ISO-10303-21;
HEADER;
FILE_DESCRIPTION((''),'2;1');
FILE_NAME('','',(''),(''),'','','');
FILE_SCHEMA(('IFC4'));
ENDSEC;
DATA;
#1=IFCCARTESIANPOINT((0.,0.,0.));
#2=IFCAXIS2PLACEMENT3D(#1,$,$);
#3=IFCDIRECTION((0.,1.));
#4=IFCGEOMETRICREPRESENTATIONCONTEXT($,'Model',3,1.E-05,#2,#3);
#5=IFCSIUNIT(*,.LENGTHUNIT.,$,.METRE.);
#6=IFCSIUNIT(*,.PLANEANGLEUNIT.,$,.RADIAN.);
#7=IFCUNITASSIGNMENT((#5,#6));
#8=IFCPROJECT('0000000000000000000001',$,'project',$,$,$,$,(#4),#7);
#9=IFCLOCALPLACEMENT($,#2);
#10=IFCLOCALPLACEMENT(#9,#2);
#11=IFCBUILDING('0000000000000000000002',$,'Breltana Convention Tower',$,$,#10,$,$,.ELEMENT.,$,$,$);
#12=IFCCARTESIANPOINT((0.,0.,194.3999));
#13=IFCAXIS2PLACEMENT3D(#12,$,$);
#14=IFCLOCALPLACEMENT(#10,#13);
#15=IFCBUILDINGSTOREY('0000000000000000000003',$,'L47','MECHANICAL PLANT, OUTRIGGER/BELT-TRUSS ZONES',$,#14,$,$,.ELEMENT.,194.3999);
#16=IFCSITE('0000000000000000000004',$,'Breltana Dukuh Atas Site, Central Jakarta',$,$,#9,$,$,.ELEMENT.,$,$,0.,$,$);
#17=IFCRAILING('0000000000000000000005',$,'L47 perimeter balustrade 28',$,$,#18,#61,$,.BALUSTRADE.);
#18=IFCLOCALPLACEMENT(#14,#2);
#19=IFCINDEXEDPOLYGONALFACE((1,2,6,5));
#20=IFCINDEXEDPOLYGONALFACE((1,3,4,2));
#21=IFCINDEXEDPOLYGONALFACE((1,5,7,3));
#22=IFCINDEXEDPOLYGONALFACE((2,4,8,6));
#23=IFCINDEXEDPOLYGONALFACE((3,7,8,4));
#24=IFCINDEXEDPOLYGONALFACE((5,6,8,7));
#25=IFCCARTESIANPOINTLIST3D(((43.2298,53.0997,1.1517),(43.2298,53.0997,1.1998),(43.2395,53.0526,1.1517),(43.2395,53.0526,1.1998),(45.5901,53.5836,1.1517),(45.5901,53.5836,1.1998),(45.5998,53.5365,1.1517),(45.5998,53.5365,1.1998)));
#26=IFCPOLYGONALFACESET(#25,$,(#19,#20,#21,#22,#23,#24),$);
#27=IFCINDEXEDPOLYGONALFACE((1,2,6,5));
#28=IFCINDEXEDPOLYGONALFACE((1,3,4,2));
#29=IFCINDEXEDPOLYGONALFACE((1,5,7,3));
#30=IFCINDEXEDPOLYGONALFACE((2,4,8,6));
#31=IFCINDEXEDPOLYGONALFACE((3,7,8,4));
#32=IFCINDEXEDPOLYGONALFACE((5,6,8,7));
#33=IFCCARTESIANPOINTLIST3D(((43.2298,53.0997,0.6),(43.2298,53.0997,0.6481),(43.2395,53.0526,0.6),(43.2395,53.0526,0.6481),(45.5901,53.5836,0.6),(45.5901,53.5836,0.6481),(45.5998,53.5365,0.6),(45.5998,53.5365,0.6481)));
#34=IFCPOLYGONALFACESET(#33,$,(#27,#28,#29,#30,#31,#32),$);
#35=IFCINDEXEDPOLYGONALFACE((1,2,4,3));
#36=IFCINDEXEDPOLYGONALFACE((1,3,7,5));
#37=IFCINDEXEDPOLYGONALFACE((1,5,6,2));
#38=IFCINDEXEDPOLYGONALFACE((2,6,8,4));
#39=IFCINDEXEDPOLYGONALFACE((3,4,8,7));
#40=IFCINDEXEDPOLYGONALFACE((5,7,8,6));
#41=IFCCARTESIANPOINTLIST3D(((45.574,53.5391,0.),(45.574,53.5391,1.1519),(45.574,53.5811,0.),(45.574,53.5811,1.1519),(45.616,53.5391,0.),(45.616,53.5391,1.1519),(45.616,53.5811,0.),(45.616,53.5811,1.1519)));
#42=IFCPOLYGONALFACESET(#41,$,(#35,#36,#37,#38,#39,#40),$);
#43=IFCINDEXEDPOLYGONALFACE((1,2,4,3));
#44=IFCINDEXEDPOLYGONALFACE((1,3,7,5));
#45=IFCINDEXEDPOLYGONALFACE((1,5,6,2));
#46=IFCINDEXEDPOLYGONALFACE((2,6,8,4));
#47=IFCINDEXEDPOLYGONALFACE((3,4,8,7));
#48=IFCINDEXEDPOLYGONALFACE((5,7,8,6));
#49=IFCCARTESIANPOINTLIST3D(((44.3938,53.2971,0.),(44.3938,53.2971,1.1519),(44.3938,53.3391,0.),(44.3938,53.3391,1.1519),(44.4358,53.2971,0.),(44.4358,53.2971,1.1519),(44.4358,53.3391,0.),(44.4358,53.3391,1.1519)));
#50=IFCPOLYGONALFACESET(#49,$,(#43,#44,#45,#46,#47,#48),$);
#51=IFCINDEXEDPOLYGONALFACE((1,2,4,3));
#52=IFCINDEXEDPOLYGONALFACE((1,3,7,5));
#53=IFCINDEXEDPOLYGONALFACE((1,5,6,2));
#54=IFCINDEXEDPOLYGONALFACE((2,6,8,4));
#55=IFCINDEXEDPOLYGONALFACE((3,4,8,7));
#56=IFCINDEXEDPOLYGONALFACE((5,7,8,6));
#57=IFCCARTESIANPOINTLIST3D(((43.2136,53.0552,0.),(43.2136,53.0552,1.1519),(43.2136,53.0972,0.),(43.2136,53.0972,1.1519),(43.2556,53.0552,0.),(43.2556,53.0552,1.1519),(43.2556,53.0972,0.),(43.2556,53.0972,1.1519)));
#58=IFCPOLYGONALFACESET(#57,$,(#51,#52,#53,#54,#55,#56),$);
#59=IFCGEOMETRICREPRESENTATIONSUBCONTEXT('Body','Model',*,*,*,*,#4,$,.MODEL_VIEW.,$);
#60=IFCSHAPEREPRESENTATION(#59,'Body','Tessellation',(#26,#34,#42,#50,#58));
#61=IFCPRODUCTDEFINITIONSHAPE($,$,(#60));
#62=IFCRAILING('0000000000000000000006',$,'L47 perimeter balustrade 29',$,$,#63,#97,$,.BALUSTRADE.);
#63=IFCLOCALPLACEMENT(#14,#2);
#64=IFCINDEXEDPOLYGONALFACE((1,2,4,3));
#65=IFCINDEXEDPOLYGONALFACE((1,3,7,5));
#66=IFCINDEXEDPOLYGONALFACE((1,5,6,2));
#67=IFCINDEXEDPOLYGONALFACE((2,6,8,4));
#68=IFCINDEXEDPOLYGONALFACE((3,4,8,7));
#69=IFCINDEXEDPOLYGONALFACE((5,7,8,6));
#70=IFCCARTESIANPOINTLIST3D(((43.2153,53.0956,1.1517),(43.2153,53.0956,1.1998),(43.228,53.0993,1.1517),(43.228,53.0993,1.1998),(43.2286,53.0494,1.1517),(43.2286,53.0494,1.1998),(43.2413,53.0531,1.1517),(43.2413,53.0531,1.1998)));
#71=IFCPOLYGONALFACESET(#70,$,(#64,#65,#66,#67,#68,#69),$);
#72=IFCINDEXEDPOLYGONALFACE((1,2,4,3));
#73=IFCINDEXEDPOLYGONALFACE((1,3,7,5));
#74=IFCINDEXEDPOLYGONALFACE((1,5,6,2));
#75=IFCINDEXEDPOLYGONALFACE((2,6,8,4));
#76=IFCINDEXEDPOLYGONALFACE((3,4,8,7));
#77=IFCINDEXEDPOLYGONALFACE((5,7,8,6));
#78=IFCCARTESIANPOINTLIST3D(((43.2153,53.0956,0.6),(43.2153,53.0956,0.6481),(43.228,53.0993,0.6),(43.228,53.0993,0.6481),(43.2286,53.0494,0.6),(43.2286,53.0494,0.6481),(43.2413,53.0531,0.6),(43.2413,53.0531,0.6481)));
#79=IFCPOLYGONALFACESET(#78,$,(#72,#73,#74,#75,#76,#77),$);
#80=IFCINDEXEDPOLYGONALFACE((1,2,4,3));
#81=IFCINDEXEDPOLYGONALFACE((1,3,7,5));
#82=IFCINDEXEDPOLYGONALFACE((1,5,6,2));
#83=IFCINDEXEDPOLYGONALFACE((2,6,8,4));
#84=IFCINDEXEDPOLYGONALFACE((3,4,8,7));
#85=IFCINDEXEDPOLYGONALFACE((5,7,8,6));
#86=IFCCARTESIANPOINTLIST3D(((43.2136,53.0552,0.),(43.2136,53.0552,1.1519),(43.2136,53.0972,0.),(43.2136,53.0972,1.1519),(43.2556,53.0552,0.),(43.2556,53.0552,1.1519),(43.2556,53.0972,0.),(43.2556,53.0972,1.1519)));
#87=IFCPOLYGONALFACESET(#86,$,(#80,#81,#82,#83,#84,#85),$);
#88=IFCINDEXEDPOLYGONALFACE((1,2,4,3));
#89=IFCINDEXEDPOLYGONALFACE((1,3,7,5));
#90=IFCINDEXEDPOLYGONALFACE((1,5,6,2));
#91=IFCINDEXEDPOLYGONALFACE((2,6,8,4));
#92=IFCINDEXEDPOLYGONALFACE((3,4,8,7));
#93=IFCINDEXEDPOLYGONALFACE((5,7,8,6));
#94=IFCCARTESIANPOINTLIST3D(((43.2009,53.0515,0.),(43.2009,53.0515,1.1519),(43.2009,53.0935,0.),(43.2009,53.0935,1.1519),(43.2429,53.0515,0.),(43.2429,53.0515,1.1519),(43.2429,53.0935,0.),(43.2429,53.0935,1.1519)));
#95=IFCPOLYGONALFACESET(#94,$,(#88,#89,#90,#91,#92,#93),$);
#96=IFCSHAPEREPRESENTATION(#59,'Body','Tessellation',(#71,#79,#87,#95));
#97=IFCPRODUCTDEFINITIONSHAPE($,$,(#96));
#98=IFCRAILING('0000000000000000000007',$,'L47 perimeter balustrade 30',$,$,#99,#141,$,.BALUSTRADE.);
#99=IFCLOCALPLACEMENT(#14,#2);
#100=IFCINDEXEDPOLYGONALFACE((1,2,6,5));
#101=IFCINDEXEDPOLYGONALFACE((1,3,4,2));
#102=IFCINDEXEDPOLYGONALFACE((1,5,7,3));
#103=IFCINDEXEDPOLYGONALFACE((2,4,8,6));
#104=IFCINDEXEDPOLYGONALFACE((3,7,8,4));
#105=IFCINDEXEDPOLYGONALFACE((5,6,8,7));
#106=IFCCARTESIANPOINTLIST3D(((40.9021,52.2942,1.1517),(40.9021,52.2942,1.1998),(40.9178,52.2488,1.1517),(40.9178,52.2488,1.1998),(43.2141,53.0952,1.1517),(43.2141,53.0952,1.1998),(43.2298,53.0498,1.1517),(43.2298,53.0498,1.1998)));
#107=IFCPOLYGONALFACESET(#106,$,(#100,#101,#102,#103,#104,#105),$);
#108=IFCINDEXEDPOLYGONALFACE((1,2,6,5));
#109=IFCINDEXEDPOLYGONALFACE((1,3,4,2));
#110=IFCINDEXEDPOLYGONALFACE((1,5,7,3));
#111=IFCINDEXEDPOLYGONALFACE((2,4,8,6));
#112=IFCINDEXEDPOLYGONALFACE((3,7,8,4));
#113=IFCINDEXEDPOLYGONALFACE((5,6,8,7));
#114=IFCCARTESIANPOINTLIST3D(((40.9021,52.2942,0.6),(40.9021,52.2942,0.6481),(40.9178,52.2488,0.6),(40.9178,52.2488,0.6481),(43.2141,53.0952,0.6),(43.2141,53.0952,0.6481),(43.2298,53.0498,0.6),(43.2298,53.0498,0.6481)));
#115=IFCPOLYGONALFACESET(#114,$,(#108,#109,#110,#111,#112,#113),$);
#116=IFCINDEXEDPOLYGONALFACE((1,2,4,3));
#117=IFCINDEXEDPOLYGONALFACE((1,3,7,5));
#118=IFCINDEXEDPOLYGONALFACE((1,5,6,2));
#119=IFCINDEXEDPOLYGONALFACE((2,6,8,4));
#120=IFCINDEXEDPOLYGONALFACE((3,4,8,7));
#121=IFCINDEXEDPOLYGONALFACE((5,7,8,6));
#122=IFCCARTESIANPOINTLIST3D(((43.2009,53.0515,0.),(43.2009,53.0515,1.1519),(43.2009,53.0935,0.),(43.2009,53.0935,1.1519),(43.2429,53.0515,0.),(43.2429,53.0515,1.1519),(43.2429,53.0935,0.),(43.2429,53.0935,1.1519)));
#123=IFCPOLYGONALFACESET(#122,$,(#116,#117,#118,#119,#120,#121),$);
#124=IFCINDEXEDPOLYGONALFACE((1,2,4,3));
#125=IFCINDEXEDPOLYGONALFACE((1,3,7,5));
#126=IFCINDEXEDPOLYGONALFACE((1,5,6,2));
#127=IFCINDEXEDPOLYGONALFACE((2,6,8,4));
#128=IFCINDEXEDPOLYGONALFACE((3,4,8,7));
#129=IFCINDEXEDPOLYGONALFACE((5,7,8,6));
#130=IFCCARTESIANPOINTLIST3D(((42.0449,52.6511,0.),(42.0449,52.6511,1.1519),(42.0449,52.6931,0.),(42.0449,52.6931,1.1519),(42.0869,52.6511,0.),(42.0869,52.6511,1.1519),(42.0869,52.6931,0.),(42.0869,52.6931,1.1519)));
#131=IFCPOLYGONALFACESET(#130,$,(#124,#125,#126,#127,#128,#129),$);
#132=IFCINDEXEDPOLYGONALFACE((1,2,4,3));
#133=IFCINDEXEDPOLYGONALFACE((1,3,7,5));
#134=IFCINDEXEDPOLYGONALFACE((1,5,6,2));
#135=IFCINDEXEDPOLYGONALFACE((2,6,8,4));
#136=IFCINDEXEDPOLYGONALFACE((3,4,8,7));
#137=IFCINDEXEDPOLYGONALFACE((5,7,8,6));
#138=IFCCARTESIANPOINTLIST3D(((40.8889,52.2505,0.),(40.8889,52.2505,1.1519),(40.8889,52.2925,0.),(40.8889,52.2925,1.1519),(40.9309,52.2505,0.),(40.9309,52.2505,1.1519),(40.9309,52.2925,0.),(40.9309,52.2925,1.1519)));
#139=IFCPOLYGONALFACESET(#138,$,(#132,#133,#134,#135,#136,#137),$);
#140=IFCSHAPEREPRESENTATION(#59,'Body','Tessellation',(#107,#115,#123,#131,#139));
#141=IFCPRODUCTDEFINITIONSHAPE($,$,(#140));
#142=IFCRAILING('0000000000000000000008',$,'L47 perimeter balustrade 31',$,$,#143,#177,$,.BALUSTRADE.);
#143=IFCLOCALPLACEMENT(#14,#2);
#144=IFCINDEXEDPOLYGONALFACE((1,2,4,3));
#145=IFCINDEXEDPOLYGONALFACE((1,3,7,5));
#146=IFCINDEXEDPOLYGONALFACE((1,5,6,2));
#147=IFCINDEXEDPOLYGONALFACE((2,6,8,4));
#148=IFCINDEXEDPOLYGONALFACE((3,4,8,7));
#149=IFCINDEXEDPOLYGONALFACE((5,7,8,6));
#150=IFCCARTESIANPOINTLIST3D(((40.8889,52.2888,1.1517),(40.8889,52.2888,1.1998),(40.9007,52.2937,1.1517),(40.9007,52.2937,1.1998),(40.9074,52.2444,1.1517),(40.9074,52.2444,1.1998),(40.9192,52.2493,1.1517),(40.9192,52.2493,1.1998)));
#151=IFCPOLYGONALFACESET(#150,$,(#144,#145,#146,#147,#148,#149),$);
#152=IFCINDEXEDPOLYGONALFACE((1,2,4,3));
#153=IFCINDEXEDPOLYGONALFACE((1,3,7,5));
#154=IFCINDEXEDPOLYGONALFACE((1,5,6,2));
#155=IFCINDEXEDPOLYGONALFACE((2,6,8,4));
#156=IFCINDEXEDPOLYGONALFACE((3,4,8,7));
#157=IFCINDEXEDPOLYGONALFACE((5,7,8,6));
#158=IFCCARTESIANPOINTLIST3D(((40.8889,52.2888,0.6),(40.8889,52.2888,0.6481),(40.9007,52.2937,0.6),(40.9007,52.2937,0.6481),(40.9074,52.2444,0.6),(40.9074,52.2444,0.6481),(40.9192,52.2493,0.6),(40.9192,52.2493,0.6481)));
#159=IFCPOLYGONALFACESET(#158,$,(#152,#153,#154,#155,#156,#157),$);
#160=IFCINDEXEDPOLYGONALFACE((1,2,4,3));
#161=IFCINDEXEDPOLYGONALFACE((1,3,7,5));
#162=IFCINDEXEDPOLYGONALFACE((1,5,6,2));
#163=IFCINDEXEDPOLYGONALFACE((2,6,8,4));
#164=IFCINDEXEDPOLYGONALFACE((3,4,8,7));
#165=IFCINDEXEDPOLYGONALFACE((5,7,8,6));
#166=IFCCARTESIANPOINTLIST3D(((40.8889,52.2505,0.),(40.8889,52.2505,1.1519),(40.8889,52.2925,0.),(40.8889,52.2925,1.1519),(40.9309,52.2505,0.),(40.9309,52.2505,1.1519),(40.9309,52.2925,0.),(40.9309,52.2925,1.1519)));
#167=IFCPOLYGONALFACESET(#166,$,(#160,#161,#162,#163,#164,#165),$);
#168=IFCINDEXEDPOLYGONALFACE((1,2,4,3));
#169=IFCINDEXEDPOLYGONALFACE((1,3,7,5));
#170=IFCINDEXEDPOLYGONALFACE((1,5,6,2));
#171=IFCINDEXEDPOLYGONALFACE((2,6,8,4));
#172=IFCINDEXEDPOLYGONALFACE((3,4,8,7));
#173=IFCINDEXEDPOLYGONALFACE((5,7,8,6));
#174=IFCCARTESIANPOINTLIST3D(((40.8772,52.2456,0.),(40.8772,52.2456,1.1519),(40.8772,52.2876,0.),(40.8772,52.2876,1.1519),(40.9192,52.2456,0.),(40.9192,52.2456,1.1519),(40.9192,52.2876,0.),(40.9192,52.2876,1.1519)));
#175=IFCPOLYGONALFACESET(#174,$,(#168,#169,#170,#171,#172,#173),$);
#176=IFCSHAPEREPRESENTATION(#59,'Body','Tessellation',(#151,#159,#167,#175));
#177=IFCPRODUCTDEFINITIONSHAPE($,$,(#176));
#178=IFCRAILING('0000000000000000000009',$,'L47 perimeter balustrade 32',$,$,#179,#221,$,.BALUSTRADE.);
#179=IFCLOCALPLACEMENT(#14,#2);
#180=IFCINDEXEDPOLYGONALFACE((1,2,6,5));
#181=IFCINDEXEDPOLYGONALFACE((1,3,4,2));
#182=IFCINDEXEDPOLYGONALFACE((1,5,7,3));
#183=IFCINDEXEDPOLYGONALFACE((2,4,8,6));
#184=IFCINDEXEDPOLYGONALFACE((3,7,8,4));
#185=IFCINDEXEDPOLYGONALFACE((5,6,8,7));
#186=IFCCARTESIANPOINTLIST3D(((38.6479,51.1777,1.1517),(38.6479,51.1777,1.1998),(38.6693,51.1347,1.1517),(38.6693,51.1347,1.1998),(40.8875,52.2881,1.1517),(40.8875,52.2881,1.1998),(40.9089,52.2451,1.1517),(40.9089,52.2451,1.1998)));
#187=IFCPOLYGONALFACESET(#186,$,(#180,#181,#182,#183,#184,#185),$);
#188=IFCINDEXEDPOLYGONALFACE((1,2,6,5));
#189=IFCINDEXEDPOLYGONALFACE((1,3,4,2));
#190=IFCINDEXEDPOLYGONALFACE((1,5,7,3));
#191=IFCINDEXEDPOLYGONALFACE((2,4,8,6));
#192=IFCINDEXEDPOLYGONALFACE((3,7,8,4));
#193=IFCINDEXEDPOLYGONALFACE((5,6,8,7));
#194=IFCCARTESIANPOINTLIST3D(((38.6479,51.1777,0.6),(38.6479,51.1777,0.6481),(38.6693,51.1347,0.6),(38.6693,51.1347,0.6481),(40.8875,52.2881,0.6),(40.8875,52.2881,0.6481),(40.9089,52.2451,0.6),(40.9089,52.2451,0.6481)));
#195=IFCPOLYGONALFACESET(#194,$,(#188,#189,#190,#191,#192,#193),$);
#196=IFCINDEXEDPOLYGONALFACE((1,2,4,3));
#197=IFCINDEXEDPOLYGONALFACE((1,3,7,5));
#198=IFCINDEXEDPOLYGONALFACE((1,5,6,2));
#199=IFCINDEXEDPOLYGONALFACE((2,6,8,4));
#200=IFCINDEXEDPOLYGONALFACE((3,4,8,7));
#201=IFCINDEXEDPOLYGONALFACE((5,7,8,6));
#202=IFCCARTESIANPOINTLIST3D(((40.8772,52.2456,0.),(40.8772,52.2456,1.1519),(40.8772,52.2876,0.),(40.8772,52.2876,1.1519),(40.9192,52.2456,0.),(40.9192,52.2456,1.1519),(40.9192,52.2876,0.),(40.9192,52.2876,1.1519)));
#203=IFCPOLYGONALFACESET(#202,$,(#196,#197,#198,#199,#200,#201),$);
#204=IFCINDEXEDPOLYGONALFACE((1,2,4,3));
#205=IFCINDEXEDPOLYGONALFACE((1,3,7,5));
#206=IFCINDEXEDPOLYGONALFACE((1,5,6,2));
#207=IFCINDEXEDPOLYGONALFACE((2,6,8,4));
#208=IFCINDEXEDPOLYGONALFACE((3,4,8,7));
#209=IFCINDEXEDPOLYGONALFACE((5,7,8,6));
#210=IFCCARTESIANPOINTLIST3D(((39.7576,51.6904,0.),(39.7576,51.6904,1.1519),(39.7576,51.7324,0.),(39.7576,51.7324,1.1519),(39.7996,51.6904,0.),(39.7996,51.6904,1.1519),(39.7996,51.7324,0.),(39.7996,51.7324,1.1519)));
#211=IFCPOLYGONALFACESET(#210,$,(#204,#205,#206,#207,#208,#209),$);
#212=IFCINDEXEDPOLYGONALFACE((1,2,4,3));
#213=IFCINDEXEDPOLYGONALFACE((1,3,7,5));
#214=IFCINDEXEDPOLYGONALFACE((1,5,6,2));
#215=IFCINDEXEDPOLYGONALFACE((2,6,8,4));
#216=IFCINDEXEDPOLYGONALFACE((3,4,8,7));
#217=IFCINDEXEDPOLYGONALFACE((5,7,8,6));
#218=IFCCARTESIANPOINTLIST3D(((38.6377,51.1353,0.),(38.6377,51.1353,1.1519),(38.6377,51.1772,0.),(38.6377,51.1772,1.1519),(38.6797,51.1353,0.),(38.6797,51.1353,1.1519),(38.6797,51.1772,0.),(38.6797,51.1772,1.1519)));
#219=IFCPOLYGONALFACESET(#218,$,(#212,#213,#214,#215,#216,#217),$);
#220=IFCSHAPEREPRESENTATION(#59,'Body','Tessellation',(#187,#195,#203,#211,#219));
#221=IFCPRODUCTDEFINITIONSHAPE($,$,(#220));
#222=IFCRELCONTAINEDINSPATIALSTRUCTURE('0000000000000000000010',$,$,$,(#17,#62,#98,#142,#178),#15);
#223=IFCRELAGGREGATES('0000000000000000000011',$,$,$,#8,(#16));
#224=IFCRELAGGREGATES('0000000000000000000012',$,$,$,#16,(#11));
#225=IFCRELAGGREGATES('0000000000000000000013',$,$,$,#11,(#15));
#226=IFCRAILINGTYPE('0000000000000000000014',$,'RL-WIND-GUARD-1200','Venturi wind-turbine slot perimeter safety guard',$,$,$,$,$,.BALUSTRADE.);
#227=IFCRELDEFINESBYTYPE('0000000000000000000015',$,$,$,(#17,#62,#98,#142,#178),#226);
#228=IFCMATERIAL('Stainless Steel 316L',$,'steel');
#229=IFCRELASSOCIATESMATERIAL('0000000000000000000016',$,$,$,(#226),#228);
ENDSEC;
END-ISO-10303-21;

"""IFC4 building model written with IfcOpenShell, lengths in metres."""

from ifc_helpers import new_model, si_unit, direction, frame, origin, origin_2d, place, context, subcontext, project, spatial, rectangle, extrude, material, type_object, element, save


model = new_model("IFC4")

# Units and contexts
model_context = context("Model", 3, precision=1e-05, world=origin(), true_north=direction((0.0, 1.0)))
body_context = subcontext(model_context, "Body", "Model", "MODEL_VIEW")
ifc_project = project(units=[si_unit("LENGTHUNIT", "METRE"), si_unit("PLANEANGLEUNIT", "RADIAN")], contexts=[model_context])

# Site, building, storey
site_placement = place(None, origin())
site = spatial("IfcSite", under=ifc_project, at=site_placement, Name="Breltana Dukuh Atas Site, Central Jakarta", CompositionType="ELEMENT", RefElevation=0.0)
building_placement = place(site_placement, origin())
building = spatial("IfcBuilding", under=site, at=building_placement, Name="Breltana Convention Tower", CompositionType="ELEMENT")
storey_placement = place(building_placement, frame((0.0, 0.0, 194.3999)))
storey = spatial("IfcBuildingStorey", under=building, at=storey_placement, Name="L47", Description="MECHANICAL PLANT, OUTRIGGER/BELT-TRUSS ZONES", CompositionType="ELEMENT", Elevation=194.3999)

# Railings
ifc_material_1 = material(Name="Stainless Steel 316L", Category="steel")
railing_type = type_object("IfcRailingType", Name="RL-WIND-GUARD-1200", Description="Venturi wind-turbine slot perimeter safety guard", PredefinedType="BALUSTRADE", material=ifc_material_1)
railing_1_placement = place(storey_placement, frame((45.595, 53.5601, 0.0)))
element("IfcRailing", 1, at=railing_1_placement, inside=storey, type_object=railing_type, Name="L47 perimeter balustrade 28", PredefinedType="BALUSTRADE", context=body_context, shape_type="SweptSolid", body=[
    extrude(rectangle(XDim=0.0481, YDim=0.0481, at=origin_2d()), frame((0.0, 0.0, 1.1758), z_axis=(-0.979626, -0.200829, 0.0), x_axis=(0.200829, -0.979626, 0.0)), (0.0, 0.0, 1.0), 2.4094),
    extrude(rectangle(XDim=0.0481, YDim=0.0481, at=origin_2d()), frame((0.0, 0.0, 0.624), z_axis=(-0.979626, -0.200829, 0.0), x_axis=(0.200829, -0.979626, 0.0)), (0.0, 0.0, 1.0), 2.4094),
    extrude(rectangle(XDim=0.042, YDim=0.042, at=origin_2d()), origin(), (0.0, 0.0, 1.0), 1.1519),
    extrude(rectangle(XDim=0.042, YDim=0.042, at=origin_2d()), frame((-1.1802, -0.2419, 0.0)), (0.0, 0.0, 1.0), 1.1519),
    extrude(rectangle(XDim=0.042, YDim=0.042, at=origin_2d()), frame((-2.3604, -0.4839, 0.0)), (0.0, 0.0, 1.0), 1.1519),
])
railing_2_placement = place(storey_placement, frame((43.2346, 53.0762, 0.0)))
element("IfcRailing", 2, at=railing_2_placement, inside=storey, type_object=railing_type, Name="L47 perimeter balustrade 29", PredefinedType="BALUSTRADE", context=body_context, shape_type="SweptSolid", body=[
    extrude(rectangle(XDim=0.0481, YDim=0.0481, at=origin_2d()), frame((0.0, 0.0, 1.1758), z_axis=(-0.960824, -0.277161, 0.0), x_axis=(0.277161, -0.960824, 0.0)), (0.0, 0.0, 1.0), 0.0132),
    extrude(rectangle(XDim=0.0481, YDim=0.0481, at=origin_2d()), frame((0.0, 0.0, 0.624), z_axis=(-0.960824, -0.277161, 0.0), x_axis=(0.277161, -0.960824, 0.0)), (0.0, 0.0, 1.0), 0.0132),
    extrude(rectangle(XDim=0.042, YDim=0.042, at=origin_2d()), origin(), (0.0, 0.0, 1.0), 1.1519),
    extrude(rectangle(XDim=0.042, YDim=0.042, at=origin_2d()), frame((-0.0127, -0.0037, 0.0)), (0.0, 0.0, 1.0), 1.1519),
])
railing_3_placement = place(storey_placement, frame((43.2219, 53.0725, 0.0)))
element("IfcRailing", 3, at=railing_3_placement, inside=storey, type_object=railing_type, Name="L47 perimeter balustrade 30", PredefinedType="BALUSTRADE", context=body_context, shape_type="SweptSolid", body=[
    extrude(rectangle(XDim=0.0481, YDim=0.0481, at=origin_2d()), frame((0.0, 0.0, 1.1758), z_axis=(-0.944896, -0.327371, 0.0), x_axis=(0.327371, -0.944896, 0.0)), (0.0, 0.0, 1.0), 2.4468),
    extrude(rectangle(XDim=0.0481, YDim=0.0481, at=origin_2d()), frame((0.0, 0.0, 0.624), z_axis=(-0.944896, -0.327371, 0.0), x_axis=(0.327371, -0.944896, 0.0)), (0.0, 0.0, 1.0), 2.4468),
    extrude(rectangle(XDim=0.042, YDim=0.042, at=origin_2d()), origin(), (0.0, 0.0, 1.0), 1.1519),
    extrude(rectangle(XDim=0.042, YDim=0.042, at=origin_2d()), frame((-1.156, -0.4004, 0.0)), (0.0, 0.0, 1.0), 1.1519),
    extrude(rectangle(XDim=0.042, YDim=0.042, at=origin_2d()), frame((-2.312, -0.801, 0.0)), (0.0, 0.0, 1.0), 1.1519),
])
railing_4_placement = place(storey_placement, frame((40.9099, 52.2715, 0.0)))
element("IfcRailing", 4, at=railing_4_placement, inside=storey, type_object=railing_type, Name="L47 perimeter balustrade 31", PredefinedType="BALUSTRADE", context=body_context, shape_type="SweptSolid", body=[
    extrude(rectangle(XDim=0.0481, YDim=0.0481, at=origin_2d()), frame((0.0, 0.0, 1.1758), z_axis=(-0.923077, -0.384615, 0.0), x_axis=(0.384615, -0.923077, 0.0)), (0.0, 0.0, 1.0), 0.0127),
    extrude(rectangle(XDim=0.0481, YDim=0.0481, at=origin_2d()), frame((0.0, 0.0, 0.624), z_axis=(-0.923077, -0.384615, 0.0), x_axis=(0.384615, -0.923077, 0.0)), (0.0, 0.0, 1.0), 0.0127),
    extrude(rectangle(XDim=0.042, YDim=0.042, at=origin_2d()), origin(), (0.0, 0.0, 1.0), 1.1519),
    extrude(rectangle(XDim=0.042, YDim=0.042, at=origin_2d()), frame((-0.0117, -0.0049, 0.0)), (0.0, 0.0, 1.0), 1.1519),
])
railing_5_placement = place(storey_placement, frame((40.8982, 52.2666, 0.0)))
element("IfcRailing", 5, at=railing_5_placement, inside=storey, type_object=railing_type, Name="L47 perimeter balustrade 32", PredefinedType="BALUSTRADE", context=body_context, shape_type="SweptSolid", body=[
    extrude(rectangle(XDim=0.0481, YDim=0.0481, at=origin_2d()), frame((0.0, 0.0, 1.1758), z_axis=(-0.895926, -0.444203, 0.0), x_axis=(0.444203, -0.895926, 0.0)), (0.0, 0.0, 1.0), 2.4998),
    extrude(rectangle(XDim=0.0481, YDim=0.0481, at=origin_2d()), frame((0.0, 0.0, 0.624), z_axis=(-0.895926, -0.444203, 0.0), x_axis=(0.444203, -0.895926, 0.0)), (0.0, 0.0, 1.0), 2.4998),
    extrude(rectangle(XDim=0.042, YDim=0.042, at=origin_2d()), origin(), (0.0, 0.0, 1.0), 1.1519),
    extrude(rectangle(XDim=0.042, YDim=0.042, at=origin_2d()), frame((-1.1196, -0.5552, 0.0)), (0.0, 0.0, 1.0), 1.1519),
    extrude(rectangle(XDim=0.042, YDim=0.042, at=origin_2d()), frame((-2.2395, -1.1104, 0.0)), (0.0, 0.0, 1.0), 1.1519),
])

save(model, "model.ifc")
